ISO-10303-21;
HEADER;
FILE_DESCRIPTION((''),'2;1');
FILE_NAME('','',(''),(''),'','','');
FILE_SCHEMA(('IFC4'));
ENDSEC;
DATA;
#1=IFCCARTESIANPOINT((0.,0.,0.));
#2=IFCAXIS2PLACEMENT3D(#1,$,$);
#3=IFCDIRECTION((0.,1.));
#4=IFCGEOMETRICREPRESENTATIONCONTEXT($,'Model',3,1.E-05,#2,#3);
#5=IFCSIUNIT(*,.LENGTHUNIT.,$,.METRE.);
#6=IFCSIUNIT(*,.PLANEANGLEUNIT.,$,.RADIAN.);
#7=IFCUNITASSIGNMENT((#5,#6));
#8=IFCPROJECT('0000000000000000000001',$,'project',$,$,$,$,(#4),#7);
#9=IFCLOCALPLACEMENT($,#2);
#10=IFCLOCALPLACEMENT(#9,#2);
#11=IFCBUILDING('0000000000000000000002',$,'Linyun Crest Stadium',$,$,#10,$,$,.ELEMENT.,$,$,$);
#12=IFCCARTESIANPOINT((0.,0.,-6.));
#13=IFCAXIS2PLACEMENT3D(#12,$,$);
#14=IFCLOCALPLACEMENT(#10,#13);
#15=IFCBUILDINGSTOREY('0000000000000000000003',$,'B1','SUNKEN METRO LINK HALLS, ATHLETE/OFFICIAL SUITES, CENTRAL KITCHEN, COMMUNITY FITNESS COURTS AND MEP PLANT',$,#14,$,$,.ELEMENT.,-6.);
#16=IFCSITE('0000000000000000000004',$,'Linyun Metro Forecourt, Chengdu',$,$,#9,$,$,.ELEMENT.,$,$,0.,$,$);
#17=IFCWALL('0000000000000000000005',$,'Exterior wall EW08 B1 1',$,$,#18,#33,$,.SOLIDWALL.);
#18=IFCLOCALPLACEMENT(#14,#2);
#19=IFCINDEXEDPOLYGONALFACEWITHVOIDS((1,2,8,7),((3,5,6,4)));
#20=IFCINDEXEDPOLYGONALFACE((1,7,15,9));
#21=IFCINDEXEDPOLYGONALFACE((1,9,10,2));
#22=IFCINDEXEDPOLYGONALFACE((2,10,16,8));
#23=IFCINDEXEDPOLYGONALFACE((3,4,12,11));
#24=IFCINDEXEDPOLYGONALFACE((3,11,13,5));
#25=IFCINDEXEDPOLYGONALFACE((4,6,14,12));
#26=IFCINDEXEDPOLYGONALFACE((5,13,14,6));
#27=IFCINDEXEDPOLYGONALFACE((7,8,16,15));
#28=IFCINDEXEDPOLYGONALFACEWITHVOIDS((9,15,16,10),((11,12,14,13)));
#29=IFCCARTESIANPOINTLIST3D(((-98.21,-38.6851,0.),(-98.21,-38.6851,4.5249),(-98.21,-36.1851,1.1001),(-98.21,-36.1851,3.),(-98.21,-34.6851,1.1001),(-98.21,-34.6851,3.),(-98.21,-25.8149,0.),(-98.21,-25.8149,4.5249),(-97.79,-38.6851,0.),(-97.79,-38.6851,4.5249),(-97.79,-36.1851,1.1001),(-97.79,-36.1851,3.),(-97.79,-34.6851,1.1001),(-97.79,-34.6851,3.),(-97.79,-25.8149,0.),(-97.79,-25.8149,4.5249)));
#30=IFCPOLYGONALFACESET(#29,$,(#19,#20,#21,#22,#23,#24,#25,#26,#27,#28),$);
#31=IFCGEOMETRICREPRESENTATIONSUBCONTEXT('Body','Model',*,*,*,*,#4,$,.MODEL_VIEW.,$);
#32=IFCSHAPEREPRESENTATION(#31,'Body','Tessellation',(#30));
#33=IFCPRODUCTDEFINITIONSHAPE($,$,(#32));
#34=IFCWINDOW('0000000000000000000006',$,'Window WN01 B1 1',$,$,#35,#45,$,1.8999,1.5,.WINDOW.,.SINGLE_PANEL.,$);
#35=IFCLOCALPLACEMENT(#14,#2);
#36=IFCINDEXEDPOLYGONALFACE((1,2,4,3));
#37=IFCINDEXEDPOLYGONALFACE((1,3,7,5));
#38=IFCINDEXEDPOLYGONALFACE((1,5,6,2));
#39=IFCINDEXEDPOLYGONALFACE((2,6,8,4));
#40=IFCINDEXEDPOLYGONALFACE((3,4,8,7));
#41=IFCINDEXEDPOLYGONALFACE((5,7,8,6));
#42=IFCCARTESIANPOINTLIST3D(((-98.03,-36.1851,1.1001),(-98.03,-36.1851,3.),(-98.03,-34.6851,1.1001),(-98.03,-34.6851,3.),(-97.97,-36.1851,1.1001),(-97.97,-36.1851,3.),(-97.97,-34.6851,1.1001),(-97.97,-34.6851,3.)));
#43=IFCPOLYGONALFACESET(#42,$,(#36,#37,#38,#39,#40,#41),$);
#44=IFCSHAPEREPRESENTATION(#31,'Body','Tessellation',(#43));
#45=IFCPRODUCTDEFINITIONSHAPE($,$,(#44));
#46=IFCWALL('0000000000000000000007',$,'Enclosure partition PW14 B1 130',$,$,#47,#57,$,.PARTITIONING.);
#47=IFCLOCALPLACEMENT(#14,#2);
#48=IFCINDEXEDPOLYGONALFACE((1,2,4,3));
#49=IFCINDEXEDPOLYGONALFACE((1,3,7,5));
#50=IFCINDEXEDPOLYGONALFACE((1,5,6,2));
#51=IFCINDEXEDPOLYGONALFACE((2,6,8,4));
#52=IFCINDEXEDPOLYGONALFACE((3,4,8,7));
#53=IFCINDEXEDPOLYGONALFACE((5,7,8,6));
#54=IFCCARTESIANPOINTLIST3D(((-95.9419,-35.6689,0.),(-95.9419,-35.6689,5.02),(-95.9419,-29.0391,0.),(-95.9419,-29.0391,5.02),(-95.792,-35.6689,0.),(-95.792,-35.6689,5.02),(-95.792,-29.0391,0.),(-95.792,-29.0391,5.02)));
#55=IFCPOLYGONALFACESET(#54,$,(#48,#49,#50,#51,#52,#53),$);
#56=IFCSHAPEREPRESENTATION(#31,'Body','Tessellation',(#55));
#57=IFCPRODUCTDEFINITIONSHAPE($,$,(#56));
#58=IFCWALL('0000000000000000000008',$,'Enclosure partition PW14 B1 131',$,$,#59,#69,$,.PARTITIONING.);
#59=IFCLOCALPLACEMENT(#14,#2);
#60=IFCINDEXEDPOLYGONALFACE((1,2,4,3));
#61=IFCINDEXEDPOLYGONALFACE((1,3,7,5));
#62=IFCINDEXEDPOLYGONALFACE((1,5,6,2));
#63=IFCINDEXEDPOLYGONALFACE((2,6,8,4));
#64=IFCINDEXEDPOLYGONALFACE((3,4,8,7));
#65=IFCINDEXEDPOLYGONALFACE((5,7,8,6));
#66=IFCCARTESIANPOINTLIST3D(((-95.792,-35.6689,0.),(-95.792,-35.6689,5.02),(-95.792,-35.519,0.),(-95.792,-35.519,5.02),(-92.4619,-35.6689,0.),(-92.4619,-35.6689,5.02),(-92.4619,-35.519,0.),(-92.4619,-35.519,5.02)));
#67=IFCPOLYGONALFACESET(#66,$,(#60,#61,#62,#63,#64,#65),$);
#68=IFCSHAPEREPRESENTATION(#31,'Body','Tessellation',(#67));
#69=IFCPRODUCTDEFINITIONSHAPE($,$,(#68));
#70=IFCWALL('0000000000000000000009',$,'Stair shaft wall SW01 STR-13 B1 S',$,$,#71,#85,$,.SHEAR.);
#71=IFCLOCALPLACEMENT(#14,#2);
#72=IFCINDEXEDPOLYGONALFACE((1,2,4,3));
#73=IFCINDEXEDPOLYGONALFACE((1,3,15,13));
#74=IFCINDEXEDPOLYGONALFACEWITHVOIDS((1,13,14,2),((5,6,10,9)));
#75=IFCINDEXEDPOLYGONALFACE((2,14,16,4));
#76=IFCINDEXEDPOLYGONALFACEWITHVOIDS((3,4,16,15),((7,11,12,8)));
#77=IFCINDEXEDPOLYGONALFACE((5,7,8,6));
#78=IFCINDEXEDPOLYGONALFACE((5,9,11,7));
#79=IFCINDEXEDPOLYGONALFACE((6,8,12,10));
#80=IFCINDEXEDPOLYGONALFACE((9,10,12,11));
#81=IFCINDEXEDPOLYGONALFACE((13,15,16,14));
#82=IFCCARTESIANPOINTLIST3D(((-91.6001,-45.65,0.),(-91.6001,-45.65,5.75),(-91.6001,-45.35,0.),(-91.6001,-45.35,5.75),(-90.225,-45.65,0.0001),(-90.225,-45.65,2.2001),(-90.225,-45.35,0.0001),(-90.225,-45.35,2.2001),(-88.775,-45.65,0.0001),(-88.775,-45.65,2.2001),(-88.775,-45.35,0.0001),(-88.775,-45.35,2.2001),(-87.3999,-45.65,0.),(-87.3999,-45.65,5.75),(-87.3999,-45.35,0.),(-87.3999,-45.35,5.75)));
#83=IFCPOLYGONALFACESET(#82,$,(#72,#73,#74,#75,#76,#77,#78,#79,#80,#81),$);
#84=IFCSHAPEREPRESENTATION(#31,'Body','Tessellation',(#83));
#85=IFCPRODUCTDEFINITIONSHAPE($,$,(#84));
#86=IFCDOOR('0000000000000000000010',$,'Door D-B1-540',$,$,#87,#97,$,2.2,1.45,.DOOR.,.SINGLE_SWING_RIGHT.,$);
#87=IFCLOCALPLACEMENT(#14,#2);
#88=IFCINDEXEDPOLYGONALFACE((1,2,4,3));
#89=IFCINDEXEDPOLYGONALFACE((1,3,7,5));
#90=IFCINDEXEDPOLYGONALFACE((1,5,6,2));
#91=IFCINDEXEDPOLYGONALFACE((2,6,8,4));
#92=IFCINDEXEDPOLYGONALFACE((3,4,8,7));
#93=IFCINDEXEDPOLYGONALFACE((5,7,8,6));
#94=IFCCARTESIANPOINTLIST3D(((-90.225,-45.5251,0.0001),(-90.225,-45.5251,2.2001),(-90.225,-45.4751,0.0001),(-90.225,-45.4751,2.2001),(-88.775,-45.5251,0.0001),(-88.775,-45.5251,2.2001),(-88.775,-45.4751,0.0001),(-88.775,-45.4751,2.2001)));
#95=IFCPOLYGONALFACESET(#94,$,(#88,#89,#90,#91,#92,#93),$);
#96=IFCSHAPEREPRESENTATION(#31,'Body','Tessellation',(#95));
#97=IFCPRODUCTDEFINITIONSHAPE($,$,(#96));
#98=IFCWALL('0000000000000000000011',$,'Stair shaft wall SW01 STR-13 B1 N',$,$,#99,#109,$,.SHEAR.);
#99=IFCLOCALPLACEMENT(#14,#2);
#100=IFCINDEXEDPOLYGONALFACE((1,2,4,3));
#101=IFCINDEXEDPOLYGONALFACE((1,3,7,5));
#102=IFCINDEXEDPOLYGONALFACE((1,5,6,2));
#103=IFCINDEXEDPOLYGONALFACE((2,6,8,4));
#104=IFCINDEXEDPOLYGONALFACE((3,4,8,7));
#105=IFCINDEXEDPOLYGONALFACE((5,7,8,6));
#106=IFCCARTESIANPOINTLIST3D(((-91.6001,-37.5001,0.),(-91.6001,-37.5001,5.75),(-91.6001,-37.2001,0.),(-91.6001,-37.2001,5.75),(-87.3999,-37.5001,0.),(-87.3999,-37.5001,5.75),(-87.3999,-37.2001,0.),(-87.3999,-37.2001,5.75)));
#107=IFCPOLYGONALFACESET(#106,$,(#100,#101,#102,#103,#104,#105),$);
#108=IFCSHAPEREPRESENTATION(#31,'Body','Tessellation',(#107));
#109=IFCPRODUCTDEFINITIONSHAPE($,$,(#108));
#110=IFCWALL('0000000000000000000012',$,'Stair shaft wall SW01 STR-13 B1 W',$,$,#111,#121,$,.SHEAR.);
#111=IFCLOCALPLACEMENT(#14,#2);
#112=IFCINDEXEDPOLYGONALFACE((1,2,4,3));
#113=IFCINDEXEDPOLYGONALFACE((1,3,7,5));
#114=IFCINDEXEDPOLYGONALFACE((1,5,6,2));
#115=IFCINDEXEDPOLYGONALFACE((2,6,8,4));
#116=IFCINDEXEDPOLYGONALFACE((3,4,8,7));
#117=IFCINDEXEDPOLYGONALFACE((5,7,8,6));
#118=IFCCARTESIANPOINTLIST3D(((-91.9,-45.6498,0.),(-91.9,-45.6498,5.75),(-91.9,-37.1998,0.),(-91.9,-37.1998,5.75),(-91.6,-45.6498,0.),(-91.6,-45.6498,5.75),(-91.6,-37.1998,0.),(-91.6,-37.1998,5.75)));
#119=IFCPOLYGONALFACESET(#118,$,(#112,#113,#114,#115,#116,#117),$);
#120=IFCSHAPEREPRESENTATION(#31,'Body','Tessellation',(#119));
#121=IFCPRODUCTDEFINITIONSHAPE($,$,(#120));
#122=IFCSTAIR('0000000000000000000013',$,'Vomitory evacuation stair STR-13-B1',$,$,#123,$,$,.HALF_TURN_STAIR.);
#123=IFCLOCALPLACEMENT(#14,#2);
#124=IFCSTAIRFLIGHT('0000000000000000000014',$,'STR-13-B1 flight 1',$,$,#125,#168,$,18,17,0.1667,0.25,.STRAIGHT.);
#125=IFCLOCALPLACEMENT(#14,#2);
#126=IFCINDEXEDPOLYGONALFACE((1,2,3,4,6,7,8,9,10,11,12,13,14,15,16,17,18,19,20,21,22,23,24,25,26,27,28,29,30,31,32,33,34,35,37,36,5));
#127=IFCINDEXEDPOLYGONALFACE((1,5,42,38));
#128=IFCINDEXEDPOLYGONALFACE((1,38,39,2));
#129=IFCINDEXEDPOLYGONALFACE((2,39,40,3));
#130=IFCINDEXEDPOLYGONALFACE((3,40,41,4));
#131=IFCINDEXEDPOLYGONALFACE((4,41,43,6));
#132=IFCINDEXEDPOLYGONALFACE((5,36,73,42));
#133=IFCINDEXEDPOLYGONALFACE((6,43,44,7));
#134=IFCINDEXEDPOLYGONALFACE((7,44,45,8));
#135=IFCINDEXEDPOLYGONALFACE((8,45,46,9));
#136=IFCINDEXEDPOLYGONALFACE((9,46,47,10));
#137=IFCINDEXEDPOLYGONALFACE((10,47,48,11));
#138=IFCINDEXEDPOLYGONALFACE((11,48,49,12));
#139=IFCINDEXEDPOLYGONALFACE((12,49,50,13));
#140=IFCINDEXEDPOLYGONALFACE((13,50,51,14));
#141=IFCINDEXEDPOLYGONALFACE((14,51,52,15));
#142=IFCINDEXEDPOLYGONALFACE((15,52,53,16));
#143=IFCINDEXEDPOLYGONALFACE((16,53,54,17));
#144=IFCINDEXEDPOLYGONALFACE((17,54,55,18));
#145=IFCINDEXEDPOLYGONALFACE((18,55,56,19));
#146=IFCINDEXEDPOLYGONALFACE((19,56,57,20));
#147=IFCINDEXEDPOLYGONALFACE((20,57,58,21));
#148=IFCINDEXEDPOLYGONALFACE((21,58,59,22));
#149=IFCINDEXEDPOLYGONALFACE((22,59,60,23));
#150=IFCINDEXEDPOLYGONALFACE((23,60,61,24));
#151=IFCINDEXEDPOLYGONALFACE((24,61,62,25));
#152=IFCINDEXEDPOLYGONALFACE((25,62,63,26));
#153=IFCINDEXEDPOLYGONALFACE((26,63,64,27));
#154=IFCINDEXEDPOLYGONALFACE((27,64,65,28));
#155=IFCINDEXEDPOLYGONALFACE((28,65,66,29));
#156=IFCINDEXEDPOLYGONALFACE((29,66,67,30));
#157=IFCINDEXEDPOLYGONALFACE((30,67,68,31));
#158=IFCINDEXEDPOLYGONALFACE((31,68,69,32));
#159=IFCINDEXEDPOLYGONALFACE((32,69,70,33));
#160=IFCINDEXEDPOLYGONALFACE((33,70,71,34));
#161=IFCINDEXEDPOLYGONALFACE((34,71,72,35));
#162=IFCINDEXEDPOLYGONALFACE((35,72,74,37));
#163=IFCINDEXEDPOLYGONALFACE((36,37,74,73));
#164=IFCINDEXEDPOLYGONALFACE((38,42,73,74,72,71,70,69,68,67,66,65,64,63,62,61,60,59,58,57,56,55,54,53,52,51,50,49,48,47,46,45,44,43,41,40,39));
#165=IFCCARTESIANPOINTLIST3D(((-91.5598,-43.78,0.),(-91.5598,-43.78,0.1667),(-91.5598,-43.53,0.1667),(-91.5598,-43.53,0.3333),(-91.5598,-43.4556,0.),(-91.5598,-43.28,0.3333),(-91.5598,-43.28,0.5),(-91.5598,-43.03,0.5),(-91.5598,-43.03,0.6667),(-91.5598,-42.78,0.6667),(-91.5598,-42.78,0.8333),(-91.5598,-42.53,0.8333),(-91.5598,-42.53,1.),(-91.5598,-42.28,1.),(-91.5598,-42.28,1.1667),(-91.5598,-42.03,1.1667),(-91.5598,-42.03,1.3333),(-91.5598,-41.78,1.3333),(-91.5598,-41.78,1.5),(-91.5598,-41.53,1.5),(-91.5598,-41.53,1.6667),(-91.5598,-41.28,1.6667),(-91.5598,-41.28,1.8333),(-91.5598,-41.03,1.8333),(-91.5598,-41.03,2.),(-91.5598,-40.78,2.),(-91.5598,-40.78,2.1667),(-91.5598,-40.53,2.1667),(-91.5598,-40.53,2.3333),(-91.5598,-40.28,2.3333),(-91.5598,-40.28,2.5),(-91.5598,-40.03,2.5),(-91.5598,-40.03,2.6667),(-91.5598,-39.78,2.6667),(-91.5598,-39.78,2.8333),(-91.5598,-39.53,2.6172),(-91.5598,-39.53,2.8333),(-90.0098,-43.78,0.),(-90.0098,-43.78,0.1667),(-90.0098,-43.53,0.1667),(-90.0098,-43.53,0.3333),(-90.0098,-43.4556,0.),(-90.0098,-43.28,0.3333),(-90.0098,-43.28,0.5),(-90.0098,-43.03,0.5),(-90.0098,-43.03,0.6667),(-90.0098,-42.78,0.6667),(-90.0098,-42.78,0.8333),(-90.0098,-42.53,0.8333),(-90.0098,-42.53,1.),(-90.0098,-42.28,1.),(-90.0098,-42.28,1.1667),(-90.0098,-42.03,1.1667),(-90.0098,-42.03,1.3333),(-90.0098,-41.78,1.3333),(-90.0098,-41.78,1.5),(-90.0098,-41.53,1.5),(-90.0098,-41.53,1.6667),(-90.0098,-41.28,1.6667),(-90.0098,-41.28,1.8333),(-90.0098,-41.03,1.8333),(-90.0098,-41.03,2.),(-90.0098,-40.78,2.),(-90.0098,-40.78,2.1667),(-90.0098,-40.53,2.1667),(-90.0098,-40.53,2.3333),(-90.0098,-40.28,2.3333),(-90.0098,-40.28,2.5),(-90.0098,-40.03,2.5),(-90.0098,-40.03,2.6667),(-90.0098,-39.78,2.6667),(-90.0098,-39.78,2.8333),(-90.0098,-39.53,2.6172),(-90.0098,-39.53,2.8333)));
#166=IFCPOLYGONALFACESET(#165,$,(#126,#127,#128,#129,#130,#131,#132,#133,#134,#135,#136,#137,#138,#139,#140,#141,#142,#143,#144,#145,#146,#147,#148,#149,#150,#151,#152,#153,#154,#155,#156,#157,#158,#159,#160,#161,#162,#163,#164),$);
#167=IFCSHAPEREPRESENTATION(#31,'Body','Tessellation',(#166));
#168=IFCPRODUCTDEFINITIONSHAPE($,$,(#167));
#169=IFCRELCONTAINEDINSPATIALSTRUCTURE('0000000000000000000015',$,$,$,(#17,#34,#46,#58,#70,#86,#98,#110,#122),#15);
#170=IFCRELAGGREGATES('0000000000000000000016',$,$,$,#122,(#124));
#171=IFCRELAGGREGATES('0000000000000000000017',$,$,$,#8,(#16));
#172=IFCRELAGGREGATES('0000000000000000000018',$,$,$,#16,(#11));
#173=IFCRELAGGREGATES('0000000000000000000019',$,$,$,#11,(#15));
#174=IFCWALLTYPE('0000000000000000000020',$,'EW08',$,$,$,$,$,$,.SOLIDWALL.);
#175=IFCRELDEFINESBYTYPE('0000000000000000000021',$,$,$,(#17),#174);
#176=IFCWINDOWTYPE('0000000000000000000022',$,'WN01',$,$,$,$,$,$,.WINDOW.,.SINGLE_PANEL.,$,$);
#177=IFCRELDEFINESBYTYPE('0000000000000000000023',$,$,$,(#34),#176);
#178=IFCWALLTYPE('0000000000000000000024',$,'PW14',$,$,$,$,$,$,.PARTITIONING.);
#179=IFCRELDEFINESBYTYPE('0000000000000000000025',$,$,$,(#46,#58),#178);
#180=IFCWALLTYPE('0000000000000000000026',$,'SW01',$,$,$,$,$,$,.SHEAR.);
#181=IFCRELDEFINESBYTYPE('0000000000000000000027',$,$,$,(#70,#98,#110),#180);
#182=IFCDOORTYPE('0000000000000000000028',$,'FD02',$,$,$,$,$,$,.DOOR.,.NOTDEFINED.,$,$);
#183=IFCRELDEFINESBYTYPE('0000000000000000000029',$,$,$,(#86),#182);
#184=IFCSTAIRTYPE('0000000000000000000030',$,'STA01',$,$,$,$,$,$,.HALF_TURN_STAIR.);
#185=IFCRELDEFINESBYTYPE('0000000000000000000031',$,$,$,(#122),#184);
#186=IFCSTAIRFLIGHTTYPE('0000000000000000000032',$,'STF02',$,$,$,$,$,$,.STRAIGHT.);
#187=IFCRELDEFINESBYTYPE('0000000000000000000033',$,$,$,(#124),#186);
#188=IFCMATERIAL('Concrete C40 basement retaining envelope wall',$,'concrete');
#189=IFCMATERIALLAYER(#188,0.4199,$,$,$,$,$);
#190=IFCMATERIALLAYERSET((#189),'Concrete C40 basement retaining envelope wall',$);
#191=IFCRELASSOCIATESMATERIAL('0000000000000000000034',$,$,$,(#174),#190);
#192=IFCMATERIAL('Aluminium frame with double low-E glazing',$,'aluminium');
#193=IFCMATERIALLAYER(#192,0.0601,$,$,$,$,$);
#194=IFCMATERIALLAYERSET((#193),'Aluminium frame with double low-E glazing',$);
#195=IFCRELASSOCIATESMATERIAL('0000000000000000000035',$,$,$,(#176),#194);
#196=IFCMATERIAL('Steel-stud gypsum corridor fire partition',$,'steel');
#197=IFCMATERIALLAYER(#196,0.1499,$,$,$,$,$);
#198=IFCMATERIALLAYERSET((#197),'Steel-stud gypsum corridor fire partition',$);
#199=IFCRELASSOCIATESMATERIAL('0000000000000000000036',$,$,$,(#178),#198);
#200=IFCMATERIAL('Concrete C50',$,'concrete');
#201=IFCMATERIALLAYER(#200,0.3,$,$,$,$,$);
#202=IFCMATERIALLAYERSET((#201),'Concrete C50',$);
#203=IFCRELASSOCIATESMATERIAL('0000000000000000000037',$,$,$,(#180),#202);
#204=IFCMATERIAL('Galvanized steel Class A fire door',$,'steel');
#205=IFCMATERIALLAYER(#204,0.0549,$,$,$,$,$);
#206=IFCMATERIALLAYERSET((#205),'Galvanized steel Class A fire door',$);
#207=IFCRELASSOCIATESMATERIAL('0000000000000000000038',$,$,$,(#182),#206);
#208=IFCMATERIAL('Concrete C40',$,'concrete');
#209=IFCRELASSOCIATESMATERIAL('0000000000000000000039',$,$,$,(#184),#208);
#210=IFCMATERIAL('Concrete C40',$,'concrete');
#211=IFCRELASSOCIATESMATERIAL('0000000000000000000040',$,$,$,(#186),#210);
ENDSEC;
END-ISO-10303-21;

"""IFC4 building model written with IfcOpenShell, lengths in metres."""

from ifc_helpers import new_model, si_unit, direction, frame, frame_2d, origin, place, context, subcontext, project, spatial, polyline, rectangle, outline, extrude, material, layer, layer_set, type_object, element, fill, aggregate, save


model = new_model("IFC4")

# Units and contexts
model_context = context("Model", 3, precision=1e-05, world=origin(), true_north=direction((0.0, 1.0)))
body_context = subcontext(model_context, "Body", "Model", "MODEL_VIEW")
ifc_project = project(units=[si_unit("LENGTHUNIT", "METRE"), si_unit("PLANEANGLEUNIT", "RADIAN")], contexts=[model_context])

# Site, building, storey
site_placement = place(None, origin())
site = spatial("IfcSite", under=ifc_project, at=site_placement, Name="Linyun Metro Forecourt, Chengdu", CompositionType="ELEMENT", RefElevation=0.0)
building_placement = place(site_placement, origin())
building = spatial("IfcBuilding", under=site, at=building_placement, Name="Linyun Crest Stadium", CompositionType="ELEMENT")
storey_placement = place(building_placement, frame((0.0, 0.0, -6.0)))
storey = spatial("IfcBuildingStorey", under=building, at=storey_placement, Name="B1", Description="SUNKEN METRO LINK HALLS, ATHLETE/OFFICIAL SUITES, CENTRAL KITCHEN, COMMUNITY FITNESS COURTS AND MEP PLANT", CompositionType="ELEMENT", Elevation=-6.0)

# Wall, opening, window
ifc_material_1 = material(Name="Concrete C40 basement retaining envelope wall", Category="concrete")
ifc_layer_1 = layer(ifc_material_1, 0.4199)
ifc_layer_set_1 = layer_set([ifc_layer_1], Name="Concrete C40 basement retaining envelope wall")
wall_type_1 = type_object("IfcWallType", Name="EW08", PredefinedType="SOLIDWALL", material=ifc_layer_set_1)
wall_1_placement = place(storey_placement, frame((-98.0, -38.6851, 0.0), z_axis=(0.0, 0.0, 1.0), x_axis=(0.0, 1.0, 0.0)))
wall_1 = element("IfcWall", 1, at=wall_1_placement, inside=storey, type_object=wall_type_1, Name="Exterior wall EW08 B1 1", PredefinedType="SOLIDWALL", context=body_context, shape_type="SweptSolid", body=[
    extrude(rectangle(XDim=12.8701, YDim=0.4199, at=frame_2d((6.4351, 0.0))), origin(), (0.0, 0.0, 1.0), 4.5249),
])
opening_1_placement = place(wall_1_placement, frame((2.5, 0.0, 1.1001)))
opening_1 = element("IfcOpeningElement", 2, at=opening_1_placement, cuts=wall_1, PredefinedType="OPENING", context=body_context, shape_type="SweptSolid", body=[
    extrude(rectangle(XDim=1.5, YDim=1.8999, at=frame_2d((0.75, 0.95))), frame((0.0, 0.22, 0.0), z_axis=(0.0, -1.0, 0.0), x_axis=(1.0, 0.0, 0.0)), (0.0, 0.0, 1.0), 0.4399),
])
ifc_material_2 = material(Name="Aluminium frame with double low-E glazing", Category="aluminium")
ifc_layer_2 = layer(ifc_material_2, 0.0601)
ifc_layer_set_2 = layer_set([ifc_layer_2], Name="Aluminium frame with double low-E glazing")
window_type = type_object("IfcWindowType", Name="WN01", PartitioningType="SINGLE_PANEL", PredefinedType="WINDOW", material=ifc_layer_set_2)
window_placement = place(opening_1_placement, origin())
window = element("IfcWindow", 3, at=window_placement, inside=storey, type_object=window_type, Name="Window WN01 B1 1", OverallHeight=1.8999, OverallWidth=1.5, PartitioningType="SINGLE_PANEL", PredefinedType="WINDOW", context=body_context, shape_type="SweptSolid", body=[
    extrude(rectangle(XDim=1.5, YDim=1.8999, at=frame_2d((0.75, 0.95))), frame((0.0, 0.03, 0.0), z_axis=(0.0, -1.0, 0.0), x_axis=(1.0, 0.0, 0.0)), (0.0, 0.0, 1.0), 0.0601),
])
fill(opening_1, window)

# Walls
ifc_material_3 = material(Name="Steel-stud gypsum corridor fire partition", Category="steel")
ifc_layer_3 = layer(ifc_material_3, 0.1499)
ifc_layer_set_3 = layer_set([ifc_layer_3], Name="Steel-stud gypsum corridor fire partition")
wall_type_2 = type_object("IfcWallType", Name="PW14", PredefinedType="PARTITIONING", material=ifc_layer_set_3)
wall_2_placement = place(storey_placement, frame((-95.8669, -35.6689, 0.0), z_axis=(0.0, 0.0, 1.0), x_axis=(0.0, 1.0, 0.0)))
element("IfcWall", 4, at=wall_2_placement, inside=storey, type_object=wall_type_2, Name="Enclosure partition PW14 B1 130", PredefinedType="PARTITIONING", context=body_context, shape_type="SweptSolid", body=[
    extrude(rectangle(XDim=6.6299, YDim=0.1499, at=frame_2d((3.3149, 0.0))), origin(), (0.0, 0.0, 1.0), 5.02),
])
wall_3_placement = place(storey_placement, frame((-95.792, -35.594, 0.0), z_axis=(0.0, 0.0, 1.0), x_axis=(1.0, 0.0, 0.0)))
element("IfcWall", 5, at=wall_3_placement, inside=storey, type_object=wall_type_2, Name="Enclosure partition PW14 B1 131", PredefinedType="PARTITIONING", context=body_context, shape_type="SweptSolid", body=[
    extrude(rectangle(XDim=3.3301, YDim=0.1499, at=frame_2d((1.665, 0.0))), origin(), (0.0, 0.0, 1.0), 5.02),
])

# Wall, opening, door
ifc_material_4 = material(Name="Concrete C50", Category="concrete")
ifc_layer_4 = layer(ifc_material_4, 0.3)
ifc_layer_set_4 = layer_set([ifc_layer_4], Name="Concrete C50")
wall_type_3 = type_object("IfcWallType", Name="SW01", PredefinedType="SHEAR", material=ifc_layer_set_4)
wall_4_placement = place(storey_placement, frame((-91.6001, -45.5, 0.0), z_axis=(0.0, 0.0, 1.0), x_axis=(1.0, 0.0, 0.0)))
wall_4 = element("IfcWall", 6, at=wall_4_placement, inside=storey, type_object=wall_type_3, Name="Stair shaft wall SW01 STR-13 B1 S", PredefinedType="SHEAR", context=body_context, shape_type="SweptSolid", body=[
    extrude(rectangle(XDim=4.2002, YDim=0.3, at=frame_2d((2.1001, 0.0))), origin(), (0.0, 0.0, 1.0), 5.75),
])
opening_2_placement = place(wall_4_placement, frame((1.375, 0.0, 0.0)))
opening_2 = element("IfcOpeningElement", 7, at=opening_2_placement, cuts=wall_4, PredefinedType="OPENING", context=body_context, shape_type="SweptSolid", body=[
    extrude(rectangle(XDim=1.45, YDim=2.2, at=frame_2d((0.7251, 1.1001))), frame((0.0, 0.1599, 0.0), z_axis=(0.0, -1.0, 0.0), x_axis=(1.0, 0.0, 0.0)), (0.0, 0.0, 1.0), 0.3201),
])
ifc_material_5 = material(Name="Galvanized steel Class A fire door", Category="steel")
ifc_layer_5 = layer(ifc_material_5, 0.0549)
ifc_layer_set_5 = layer_set([ifc_layer_5], Name="Galvanized steel Class A fire door")
door_type = type_object("IfcDoorType", Name="FD02", OperationType="NOTDEFINED", PredefinedType="DOOR", material=ifc_layer_set_5)
door_placement = place(opening_2_placement, origin())
door = element("IfcDoor", 8, at=door_placement, inside=storey, type_object=door_type, Name="Door D-B1-540", OperationType="SINGLE_SWING_RIGHT", OverallHeight=2.2, OverallWidth=1.45, PredefinedType="DOOR", context=body_context, shape_type="SweptSolid", body=[
    extrude(rectangle(XDim=1.45, YDim=2.2, at=frame_2d((0.7251, 1.1001))), frame((0.0, 0.0249, 0.0), z_axis=(0.0, -1.0, 0.0), x_axis=(1.0, 0.0, 0.0)), (0.0, 0.0, 1.0), 0.05),
])
fill(opening_2, door)

# Walls
wall_5_placement = place(storey_placement, frame((-91.6001, -37.3501, 0.0), z_axis=(0.0, 0.0, 1.0), x_axis=(1.0, 0.0, 0.0)))
element("IfcWall", 9, at=wall_5_placement, inside=storey, type_object=wall_type_3, Name="Stair shaft wall SW01 STR-13 B1 N", PredefinedType="SHEAR", context=body_context, shape_type="SweptSolid", body=[
    extrude(rectangle(XDim=4.2002, YDim=0.3, at=frame_2d((2.1001, 0.0))), origin(), (0.0, 0.0, 1.0), 5.75),
])
wall_6_placement = place(storey_placement, frame((-91.75, -45.6499, 0.0), z_axis=(0.0, 0.0, 1.0), x_axis=(0.0, 1.0, 0.0)))
element("IfcWall", 10, at=wall_6_placement, inside=storey, type_object=wall_type_3, Name="Stair shaft wall SW01 STR-13 B1 W", PredefinedType="SHEAR", context=body_context, shape_type="SweptSolid", body=[
    extrude(rectangle(XDim=8.45, YDim=0.3, at=frame_2d((4.2251, 0.0))), origin(), (0.0, 0.0, 1.0), 5.75),
])

# Stair, stair flight
ifc_material_6 = material(Name="Concrete C40", Category="concrete")
stair_type = type_object("IfcStairType", Name="STA01", PredefinedType="HALF_TURN_STAIR", material=ifc_material_6)
stair_placement = place(storey_placement, origin())
stair = element("IfcStair", 11, at=stair_placement, inside=storey, type_object=stair_type, Name="Vomitory evacuation stair STR-13-B1", PredefinedType="HALF_TURN_STAIR")
ifc_material_7 = material(Name="Concrete C40", Category="concrete")
stair_flight_type = type_object("IfcStairFlightType", Name="STF02", PredefinedType="STRAIGHT", material=ifc_material_7)
stair_flight_placement = place(storey_placement, frame((-90.7849, -43.78, 0.0), z_axis=(0.0, 0.0, 1.0), x_axis=(0.0, 1.0, 0.0)))
stair_flight = element("IfcStairFlight", 12, at=stair_flight_placement, type_object=stair_flight_type, Name="STR-13-B1 flight 1", NumberOfRisers=18, NumberOfTreads=17, PredefinedType="STRAIGHT", RiserHeight=0.1667, TreadLength=0.25, context=body_context, shape_type="SweptSolid", body=[
    extrude(outline(polyline([(0.0, 0.0), (0.0, 0.1667), (0.25, 0.1667), (0.25, 0.3333), (0.5, 0.3333), (0.5, 0.5), (0.75, 0.5), (0.75, 0.6667), (1.0, 0.6667), (1.0, 0.8333), (1.25, 0.8333), (1.25, 1.0), (1.5, 1.0), (1.5, 1.1667), (1.75, 1.1667), (1.75, 1.3333), (2.0, 1.3333), (2.0, 1.5), (2.25, 1.5), (2.25, 1.6667), (2.5, 1.6667), (2.5, 1.8333), (2.75, 1.8333), (2.75, 2.0), (3.0, 2.0), (3.0, 2.1667), (3.25, 2.1667), (3.25, 2.3333), (3.5, 2.3333), (3.5, 2.5), (3.75, 2.5), (3.75, 2.6667), (4.0, 2.6667), (4.0, 2.8333), (4.25, 2.8333), (4.25, 3.0), (4.25, 2.6172), (0.3245, 0.0), (0.0, 0.0)])), frame((0.0, 0.7749, 0.0), z_axis=(0.0, -1.0, 0.0), x_axis=(1.0, 0.0, 0.0)), (0.0, 0.0, 1.0), 1.55),
])
aggregate(stair, [stair_flight])

save(model, "model.ifc")
